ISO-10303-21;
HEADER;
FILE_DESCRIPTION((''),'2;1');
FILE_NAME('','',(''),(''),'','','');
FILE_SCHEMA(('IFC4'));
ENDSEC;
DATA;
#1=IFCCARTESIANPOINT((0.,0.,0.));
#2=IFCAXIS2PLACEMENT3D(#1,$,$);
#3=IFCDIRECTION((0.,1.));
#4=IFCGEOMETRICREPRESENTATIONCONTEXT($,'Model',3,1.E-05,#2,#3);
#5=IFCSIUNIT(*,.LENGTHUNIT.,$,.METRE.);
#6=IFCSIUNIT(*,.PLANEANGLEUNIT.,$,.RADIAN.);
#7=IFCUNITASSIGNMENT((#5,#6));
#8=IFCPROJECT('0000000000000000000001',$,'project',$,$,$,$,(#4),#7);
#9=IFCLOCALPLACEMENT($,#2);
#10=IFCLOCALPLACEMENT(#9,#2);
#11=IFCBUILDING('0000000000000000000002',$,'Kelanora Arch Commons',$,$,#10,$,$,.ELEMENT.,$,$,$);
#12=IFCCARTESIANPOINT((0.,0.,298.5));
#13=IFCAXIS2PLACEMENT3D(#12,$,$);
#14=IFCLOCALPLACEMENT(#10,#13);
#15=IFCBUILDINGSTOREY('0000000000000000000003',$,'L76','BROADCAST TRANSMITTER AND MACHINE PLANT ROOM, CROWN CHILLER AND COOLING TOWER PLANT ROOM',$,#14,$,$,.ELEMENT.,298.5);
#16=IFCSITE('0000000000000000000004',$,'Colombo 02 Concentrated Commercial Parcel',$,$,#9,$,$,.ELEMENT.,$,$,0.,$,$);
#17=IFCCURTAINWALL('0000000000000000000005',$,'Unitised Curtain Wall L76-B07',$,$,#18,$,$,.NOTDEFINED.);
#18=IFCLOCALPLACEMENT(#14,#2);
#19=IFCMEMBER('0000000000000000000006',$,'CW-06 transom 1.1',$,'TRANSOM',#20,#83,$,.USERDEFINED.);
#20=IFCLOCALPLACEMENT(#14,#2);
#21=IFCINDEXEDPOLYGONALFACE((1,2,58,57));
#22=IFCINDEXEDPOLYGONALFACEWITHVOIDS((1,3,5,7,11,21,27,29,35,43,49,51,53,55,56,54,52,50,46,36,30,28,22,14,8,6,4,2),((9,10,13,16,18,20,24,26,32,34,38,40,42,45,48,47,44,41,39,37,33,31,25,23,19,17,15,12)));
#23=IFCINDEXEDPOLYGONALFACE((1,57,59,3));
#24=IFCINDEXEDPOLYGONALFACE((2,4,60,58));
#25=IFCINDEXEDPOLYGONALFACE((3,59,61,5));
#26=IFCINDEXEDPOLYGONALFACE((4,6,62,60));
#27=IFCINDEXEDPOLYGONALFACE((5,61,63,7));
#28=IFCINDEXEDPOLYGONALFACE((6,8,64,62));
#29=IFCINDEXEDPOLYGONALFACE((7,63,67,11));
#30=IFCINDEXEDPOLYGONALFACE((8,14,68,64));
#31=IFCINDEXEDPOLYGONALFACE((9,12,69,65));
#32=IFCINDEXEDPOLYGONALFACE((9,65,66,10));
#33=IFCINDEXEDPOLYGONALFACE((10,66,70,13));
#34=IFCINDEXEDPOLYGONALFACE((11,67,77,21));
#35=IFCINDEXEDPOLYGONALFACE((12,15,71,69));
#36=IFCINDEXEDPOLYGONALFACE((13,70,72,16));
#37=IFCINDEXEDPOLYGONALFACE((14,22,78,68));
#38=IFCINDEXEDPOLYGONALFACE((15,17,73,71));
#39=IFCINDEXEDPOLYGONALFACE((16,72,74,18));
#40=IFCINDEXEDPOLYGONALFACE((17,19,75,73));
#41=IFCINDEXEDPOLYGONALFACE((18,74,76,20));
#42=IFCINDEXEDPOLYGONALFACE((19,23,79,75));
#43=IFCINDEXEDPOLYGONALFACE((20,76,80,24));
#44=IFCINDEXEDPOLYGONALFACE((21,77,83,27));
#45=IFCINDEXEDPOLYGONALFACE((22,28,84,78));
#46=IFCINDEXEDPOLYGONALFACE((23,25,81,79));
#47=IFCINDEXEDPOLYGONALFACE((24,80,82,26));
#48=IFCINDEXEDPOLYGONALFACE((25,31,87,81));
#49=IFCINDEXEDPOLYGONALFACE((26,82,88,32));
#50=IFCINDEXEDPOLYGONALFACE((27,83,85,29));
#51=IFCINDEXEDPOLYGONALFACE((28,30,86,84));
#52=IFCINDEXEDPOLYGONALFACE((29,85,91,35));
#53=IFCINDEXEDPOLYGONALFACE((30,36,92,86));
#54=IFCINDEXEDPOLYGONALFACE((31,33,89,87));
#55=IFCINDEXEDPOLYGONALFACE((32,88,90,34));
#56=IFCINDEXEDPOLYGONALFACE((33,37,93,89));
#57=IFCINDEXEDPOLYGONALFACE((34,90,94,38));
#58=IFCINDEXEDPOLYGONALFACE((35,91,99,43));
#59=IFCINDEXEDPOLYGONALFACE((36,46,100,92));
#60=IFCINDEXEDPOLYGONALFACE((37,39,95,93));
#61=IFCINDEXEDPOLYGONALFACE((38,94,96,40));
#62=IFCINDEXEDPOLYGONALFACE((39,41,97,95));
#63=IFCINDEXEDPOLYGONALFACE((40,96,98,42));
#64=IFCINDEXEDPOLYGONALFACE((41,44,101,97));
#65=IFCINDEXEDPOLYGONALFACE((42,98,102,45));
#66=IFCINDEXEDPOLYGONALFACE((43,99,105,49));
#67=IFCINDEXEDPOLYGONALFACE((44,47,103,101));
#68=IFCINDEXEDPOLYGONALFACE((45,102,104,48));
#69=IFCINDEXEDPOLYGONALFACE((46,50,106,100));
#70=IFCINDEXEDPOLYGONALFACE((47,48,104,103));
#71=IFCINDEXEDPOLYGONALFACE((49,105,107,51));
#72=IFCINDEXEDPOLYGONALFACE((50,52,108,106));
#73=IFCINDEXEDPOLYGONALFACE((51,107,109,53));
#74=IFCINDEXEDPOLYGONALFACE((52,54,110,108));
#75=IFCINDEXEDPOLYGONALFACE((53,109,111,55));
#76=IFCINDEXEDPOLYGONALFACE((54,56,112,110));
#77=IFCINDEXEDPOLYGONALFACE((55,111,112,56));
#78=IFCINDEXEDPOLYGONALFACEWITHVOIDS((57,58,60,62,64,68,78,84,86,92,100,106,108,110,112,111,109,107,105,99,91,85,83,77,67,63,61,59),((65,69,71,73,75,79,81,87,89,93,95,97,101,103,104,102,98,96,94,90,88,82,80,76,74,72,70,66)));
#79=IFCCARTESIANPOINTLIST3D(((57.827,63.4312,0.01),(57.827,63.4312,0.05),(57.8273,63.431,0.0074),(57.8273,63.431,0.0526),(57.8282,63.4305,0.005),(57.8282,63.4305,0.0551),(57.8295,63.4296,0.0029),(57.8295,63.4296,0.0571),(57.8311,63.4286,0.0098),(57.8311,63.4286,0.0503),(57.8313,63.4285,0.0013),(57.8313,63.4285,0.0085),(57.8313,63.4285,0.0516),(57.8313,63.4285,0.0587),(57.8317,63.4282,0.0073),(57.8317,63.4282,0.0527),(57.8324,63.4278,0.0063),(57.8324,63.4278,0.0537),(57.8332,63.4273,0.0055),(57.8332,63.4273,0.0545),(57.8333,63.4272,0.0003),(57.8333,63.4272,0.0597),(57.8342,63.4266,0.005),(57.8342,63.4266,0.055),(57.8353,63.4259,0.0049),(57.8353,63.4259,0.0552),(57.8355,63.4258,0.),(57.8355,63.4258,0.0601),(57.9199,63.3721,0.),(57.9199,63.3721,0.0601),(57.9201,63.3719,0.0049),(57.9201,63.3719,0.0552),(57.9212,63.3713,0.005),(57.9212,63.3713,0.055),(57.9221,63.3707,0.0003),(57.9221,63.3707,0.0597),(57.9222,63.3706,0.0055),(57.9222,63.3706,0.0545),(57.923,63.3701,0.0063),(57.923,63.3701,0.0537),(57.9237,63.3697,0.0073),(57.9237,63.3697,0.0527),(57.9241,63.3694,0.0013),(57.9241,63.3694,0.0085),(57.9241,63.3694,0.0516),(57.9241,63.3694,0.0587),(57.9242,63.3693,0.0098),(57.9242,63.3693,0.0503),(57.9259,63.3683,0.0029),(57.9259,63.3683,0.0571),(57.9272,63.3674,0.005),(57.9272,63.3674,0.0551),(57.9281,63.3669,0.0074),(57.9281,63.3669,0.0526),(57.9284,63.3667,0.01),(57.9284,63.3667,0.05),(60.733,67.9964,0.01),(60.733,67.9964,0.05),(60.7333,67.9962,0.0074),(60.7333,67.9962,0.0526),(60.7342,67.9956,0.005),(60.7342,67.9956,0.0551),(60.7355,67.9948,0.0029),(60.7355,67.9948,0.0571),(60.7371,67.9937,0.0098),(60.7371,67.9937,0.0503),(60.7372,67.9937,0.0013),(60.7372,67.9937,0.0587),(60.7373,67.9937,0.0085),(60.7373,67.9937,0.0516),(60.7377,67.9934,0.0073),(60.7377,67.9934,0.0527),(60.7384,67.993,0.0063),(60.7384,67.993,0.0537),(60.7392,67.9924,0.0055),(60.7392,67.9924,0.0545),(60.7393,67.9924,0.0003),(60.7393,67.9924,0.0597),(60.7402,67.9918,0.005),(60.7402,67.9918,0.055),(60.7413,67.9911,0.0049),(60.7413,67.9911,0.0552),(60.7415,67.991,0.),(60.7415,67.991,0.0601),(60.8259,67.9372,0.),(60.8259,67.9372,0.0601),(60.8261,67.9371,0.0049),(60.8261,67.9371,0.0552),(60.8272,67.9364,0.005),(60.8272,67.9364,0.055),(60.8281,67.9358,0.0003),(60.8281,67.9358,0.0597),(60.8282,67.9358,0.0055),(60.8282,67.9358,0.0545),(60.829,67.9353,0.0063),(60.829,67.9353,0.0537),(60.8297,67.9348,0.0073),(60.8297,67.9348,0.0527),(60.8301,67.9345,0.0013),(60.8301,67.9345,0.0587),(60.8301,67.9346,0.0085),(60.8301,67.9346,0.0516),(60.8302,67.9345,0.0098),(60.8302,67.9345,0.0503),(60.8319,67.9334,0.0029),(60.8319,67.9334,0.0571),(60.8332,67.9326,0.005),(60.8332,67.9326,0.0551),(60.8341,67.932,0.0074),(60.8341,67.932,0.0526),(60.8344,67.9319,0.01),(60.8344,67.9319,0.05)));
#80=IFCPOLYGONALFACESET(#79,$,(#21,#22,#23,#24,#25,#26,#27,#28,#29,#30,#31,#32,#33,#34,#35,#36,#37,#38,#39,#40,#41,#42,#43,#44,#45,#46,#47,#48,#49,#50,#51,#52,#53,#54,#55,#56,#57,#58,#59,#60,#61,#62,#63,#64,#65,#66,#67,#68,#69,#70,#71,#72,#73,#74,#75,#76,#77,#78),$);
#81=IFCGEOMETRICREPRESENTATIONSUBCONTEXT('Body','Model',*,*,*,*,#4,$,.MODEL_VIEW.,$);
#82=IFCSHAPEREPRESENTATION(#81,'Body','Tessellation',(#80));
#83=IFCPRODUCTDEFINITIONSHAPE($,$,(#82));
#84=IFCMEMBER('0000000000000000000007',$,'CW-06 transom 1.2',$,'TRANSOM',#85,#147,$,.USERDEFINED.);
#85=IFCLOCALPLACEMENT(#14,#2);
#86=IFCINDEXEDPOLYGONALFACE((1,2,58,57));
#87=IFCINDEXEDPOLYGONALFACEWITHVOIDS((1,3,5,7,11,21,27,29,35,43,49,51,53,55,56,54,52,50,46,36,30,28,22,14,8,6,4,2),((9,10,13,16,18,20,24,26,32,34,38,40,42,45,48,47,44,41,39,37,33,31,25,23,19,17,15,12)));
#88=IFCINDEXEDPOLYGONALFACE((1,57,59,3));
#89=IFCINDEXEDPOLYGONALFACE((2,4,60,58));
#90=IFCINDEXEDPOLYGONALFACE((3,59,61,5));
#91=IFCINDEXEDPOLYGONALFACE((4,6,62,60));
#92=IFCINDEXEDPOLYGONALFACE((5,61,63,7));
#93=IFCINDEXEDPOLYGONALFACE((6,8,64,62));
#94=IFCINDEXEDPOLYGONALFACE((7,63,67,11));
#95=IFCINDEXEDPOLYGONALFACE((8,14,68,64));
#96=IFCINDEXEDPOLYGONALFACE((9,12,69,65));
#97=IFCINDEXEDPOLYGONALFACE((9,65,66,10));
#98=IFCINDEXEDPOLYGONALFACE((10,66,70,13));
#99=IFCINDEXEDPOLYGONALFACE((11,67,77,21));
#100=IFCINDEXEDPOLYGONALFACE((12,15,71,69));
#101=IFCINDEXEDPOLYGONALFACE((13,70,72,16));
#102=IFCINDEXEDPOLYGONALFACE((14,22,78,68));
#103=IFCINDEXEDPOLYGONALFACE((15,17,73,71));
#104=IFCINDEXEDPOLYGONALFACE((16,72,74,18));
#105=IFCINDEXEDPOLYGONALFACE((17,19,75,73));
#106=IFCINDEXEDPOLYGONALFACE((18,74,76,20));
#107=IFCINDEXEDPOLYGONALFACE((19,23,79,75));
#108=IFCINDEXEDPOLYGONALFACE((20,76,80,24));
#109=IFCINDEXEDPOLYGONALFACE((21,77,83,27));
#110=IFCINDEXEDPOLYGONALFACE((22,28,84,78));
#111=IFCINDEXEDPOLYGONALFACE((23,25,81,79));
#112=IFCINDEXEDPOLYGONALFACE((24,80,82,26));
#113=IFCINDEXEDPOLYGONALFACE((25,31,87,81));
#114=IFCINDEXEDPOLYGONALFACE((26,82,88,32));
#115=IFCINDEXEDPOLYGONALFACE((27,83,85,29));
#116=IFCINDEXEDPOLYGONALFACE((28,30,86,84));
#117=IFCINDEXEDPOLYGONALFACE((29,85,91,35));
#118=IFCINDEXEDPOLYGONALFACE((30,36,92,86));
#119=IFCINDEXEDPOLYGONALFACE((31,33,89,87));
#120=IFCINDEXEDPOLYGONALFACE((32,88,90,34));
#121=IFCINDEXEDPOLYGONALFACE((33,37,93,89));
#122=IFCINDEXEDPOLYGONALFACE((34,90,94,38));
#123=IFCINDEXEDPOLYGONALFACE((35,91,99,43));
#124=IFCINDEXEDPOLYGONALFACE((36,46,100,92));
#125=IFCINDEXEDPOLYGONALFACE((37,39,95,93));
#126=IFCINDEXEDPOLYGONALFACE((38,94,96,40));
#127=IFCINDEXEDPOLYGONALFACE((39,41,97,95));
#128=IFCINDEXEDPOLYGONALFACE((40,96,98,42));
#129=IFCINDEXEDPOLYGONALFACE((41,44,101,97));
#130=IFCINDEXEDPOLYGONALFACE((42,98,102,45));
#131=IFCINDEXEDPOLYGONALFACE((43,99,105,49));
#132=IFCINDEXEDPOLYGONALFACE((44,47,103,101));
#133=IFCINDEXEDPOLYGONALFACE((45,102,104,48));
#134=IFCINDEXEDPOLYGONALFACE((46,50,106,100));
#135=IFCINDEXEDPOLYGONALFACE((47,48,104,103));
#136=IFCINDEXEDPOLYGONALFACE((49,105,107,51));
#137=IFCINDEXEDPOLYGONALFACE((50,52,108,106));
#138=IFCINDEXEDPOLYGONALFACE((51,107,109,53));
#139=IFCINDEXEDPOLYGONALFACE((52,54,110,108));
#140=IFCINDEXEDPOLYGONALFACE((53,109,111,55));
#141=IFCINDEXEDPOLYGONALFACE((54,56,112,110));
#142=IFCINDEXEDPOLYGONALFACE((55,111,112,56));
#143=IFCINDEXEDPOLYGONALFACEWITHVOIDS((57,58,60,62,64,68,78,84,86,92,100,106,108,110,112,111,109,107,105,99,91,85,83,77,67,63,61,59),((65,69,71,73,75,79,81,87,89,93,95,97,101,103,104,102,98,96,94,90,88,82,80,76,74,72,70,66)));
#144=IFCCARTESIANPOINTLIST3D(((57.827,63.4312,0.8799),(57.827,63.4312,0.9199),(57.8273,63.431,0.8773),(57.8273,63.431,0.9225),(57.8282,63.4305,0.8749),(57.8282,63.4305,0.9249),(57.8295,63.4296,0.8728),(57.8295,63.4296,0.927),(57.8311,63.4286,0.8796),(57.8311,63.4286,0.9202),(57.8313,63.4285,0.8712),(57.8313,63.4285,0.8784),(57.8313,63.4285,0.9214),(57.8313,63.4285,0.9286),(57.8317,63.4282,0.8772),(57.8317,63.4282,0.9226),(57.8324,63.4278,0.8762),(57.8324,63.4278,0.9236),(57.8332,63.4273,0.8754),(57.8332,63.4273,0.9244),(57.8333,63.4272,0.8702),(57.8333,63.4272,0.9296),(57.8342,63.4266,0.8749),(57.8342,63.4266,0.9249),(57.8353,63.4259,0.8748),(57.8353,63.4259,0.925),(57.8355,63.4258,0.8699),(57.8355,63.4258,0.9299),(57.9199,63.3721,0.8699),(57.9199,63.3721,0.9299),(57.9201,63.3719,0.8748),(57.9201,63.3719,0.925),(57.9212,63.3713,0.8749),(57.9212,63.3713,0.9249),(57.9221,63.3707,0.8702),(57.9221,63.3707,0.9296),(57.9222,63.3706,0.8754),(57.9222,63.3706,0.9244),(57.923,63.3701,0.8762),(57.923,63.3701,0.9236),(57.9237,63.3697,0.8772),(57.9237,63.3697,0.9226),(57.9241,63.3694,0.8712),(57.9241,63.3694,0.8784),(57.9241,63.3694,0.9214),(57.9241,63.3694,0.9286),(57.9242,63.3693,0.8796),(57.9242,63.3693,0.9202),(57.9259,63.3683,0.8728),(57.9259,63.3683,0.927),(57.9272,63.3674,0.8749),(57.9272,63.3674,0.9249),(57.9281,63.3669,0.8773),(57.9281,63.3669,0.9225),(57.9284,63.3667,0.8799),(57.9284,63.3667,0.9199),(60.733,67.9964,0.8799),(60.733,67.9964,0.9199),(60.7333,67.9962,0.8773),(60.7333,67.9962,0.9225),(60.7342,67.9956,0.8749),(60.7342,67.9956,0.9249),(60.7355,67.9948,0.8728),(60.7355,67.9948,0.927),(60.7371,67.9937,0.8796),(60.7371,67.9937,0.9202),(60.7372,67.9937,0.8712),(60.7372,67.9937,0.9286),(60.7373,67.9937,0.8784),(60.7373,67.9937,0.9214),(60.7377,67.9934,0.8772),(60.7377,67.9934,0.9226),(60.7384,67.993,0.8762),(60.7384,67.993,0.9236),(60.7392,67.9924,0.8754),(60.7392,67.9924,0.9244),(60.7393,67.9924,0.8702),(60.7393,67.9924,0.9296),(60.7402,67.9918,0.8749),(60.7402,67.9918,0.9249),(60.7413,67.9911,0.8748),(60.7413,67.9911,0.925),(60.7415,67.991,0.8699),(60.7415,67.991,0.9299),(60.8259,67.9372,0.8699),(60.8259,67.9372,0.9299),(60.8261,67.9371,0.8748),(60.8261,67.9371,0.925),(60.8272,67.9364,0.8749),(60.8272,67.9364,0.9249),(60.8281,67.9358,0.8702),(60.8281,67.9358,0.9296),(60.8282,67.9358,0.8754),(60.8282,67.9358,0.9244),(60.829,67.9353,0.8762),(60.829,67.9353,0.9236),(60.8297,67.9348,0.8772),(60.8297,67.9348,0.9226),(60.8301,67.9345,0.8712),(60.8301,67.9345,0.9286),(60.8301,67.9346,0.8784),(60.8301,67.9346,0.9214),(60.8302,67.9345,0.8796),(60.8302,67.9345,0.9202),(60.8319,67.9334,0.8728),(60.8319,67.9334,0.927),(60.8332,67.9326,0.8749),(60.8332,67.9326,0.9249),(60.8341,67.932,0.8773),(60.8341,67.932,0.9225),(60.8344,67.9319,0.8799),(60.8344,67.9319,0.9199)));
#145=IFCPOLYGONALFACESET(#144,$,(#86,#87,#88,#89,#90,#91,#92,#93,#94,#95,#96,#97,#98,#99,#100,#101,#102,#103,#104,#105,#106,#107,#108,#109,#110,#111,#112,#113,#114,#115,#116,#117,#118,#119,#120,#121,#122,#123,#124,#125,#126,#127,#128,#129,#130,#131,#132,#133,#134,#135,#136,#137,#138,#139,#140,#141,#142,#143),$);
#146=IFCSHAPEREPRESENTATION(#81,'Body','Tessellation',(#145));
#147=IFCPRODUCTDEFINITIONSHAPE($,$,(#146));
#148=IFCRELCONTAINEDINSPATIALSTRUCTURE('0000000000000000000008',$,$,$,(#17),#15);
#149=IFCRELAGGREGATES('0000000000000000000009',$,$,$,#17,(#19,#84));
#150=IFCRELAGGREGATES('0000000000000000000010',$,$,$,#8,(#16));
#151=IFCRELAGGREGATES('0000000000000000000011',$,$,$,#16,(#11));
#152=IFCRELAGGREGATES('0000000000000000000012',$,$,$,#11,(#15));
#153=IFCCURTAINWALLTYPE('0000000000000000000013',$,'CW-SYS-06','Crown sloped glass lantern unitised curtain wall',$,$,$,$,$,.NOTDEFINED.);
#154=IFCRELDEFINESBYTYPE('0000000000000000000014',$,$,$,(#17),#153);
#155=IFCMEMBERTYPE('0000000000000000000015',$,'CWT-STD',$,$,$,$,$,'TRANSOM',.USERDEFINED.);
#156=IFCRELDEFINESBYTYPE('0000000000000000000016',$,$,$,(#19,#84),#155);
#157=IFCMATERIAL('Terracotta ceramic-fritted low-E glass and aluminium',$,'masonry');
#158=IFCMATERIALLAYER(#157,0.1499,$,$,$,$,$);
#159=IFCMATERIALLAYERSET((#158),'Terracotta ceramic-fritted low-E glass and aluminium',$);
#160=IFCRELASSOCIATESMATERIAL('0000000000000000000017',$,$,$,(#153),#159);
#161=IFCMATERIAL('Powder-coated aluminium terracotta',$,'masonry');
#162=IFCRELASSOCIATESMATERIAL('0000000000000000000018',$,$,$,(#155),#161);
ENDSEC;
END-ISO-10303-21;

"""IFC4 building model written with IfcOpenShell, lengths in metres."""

from ifc_helpers import new_model, si_unit, direction, frame, origin, origin_2d, place, context, subcontext, project, spatial, hollow_rectangle, extrude, material, layer, layer_set, material_profile, profile_set, type_object, element, aggregate, save


model = new_model("IFC4")

# Units and contexts
model_context = context("Model", 3, precision=1e-05, world=origin(), true_north=direction((0.0, 1.0)))
body_context = subcontext(model_context, "Body", "Model", "MODEL_VIEW")
ifc_project = project(units=[si_unit("LENGTHUNIT", "METRE"), si_unit("PLANEANGLEUNIT", "RADIAN")], contexts=[model_context])

# Site, building, storey
site_placement = place(None, origin())
site = spatial("IfcSite", under=ifc_project, at=site_placement, Name="Colombo 02 Concentrated Commercial Parcel", CompositionType="ELEMENT", RefElevation=0.0)
building_placement = place(site_placement, origin())
building = spatial("IfcBuilding", under=site, at=building_placement, Name="Kelanora Arch Commons", CompositionType="ELEMENT")
storey_placement = place(building_placement, frame((0.0, 0.0, 298.5)))
storey = spatial("IfcBuildingStorey", under=building, at=storey_placement, Name="L76", Description="BROADCAST TRANSMITTER AND MACHINE PLANT ROOM, CROWN CHILLER AND COOLING TOWER PLANT ROOM", CompositionType="ELEMENT", Elevation=298.5)

# Shared definitions
ifc_material_1 = material(Name="Terracotta ceramic-fritted low-E glass and aluminium", Category="masonry")
ifc_layer_1 = layer(ifc_material_1, 0.1499)
ifc_layer_set_1 = layer_set([ifc_layer_1], Name="Terracotta ceramic-fritted low-E glass and aluminium")
curtain_wall_type = type_object("IfcCurtainWallType", Name="CW-SYS-06", Description="Crown sloped glass lantern unitised curtain wall", PredefinedType="NOTDEFINED", material=ifc_layer_set_1)
ifc_material_2 = material(Name="Powder-coated aluminium terracotta", Category="masonry")

# Curtain wall
curtain_wall_1_placement = place(storey_placement, origin())
curtain_wall_1 = element("IfcCurtainWall", 1, at=curtain_wall_1_placement, inside=storey, type_object=curtain_wall_type, Name="Unitised Curtain Wall L76-B07", PredefinedType="NOTDEFINED")

# Members
ifc_material_profile_1 = material_profile(ifc_material_2, hollow_rectangle(XDim=0.1201, YDim=0.0601, WallThickness=0.0049, InnerFilletRadius=0.0049, OuterFilletRadius=0.01, at=origin_2d()), Name="CWT120x60")
ifc_profile_set_1 = profile_set([ifc_material_profile_1], Name="Powder-coated aluminium terracotta")
member_type_1 = type_object("IfcMemberType", Name="CWT-STD", ElementType="TRANSOM", PredefinedType="USERDEFINED", material=ifc_profile_set_1)
member_1_placement = place(storey_placement, frame((60.7837, 67.9641, 0.03), z_axis=(-0.536992, -0.843587, 0.0), x_axis=(0.843587, -0.536992, 0.0)))
member_1 = element("IfcMember", 2, at=member_1_placement, type_object=member_type_1, Name="CW-06 transom 1.1", ObjectType="TRANSOM", PredefinedType="USERDEFINED", context=body_context, shape_type="SweptSolid", body=[
    extrude(hollow_rectangle(XDim=0.1201, YDim=0.0601, WallThickness=0.0049, InnerFilletRadius=0.0049, OuterFilletRadius=0.01, at=origin_2d()), origin(), (0.0, 0.0, 1.0), 5.4116),
])
member_2_placement = place(storey_placement, frame((60.7837, 67.9641, 0.8999), z_axis=(-0.536992, -0.843587, 0.0), x_axis=(0.843587, -0.536992, 0.0)))
member_2 = element("IfcMember", 3, at=member_2_placement, type_object=member_type_1, Name="CW-06 transom 1.2", ObjectType="TRANSOM", PredefinedType="USERDEFINED", context=body_context, shape_type="SweptSolid", body=[
    extrude(hollow_rectangle(XDim=0.1201, YDim=0.0601, WallThickness=0.0049, InnerFilletRadius=0.0049, OuterFilletRadius=0.01, at=origin_2d()), origin(), (0.0, 0.0, 1.0), 5.4116),
])

aggregate(curtain_wall_1, [member_1, member_2])

save(model, "model.ifc")
